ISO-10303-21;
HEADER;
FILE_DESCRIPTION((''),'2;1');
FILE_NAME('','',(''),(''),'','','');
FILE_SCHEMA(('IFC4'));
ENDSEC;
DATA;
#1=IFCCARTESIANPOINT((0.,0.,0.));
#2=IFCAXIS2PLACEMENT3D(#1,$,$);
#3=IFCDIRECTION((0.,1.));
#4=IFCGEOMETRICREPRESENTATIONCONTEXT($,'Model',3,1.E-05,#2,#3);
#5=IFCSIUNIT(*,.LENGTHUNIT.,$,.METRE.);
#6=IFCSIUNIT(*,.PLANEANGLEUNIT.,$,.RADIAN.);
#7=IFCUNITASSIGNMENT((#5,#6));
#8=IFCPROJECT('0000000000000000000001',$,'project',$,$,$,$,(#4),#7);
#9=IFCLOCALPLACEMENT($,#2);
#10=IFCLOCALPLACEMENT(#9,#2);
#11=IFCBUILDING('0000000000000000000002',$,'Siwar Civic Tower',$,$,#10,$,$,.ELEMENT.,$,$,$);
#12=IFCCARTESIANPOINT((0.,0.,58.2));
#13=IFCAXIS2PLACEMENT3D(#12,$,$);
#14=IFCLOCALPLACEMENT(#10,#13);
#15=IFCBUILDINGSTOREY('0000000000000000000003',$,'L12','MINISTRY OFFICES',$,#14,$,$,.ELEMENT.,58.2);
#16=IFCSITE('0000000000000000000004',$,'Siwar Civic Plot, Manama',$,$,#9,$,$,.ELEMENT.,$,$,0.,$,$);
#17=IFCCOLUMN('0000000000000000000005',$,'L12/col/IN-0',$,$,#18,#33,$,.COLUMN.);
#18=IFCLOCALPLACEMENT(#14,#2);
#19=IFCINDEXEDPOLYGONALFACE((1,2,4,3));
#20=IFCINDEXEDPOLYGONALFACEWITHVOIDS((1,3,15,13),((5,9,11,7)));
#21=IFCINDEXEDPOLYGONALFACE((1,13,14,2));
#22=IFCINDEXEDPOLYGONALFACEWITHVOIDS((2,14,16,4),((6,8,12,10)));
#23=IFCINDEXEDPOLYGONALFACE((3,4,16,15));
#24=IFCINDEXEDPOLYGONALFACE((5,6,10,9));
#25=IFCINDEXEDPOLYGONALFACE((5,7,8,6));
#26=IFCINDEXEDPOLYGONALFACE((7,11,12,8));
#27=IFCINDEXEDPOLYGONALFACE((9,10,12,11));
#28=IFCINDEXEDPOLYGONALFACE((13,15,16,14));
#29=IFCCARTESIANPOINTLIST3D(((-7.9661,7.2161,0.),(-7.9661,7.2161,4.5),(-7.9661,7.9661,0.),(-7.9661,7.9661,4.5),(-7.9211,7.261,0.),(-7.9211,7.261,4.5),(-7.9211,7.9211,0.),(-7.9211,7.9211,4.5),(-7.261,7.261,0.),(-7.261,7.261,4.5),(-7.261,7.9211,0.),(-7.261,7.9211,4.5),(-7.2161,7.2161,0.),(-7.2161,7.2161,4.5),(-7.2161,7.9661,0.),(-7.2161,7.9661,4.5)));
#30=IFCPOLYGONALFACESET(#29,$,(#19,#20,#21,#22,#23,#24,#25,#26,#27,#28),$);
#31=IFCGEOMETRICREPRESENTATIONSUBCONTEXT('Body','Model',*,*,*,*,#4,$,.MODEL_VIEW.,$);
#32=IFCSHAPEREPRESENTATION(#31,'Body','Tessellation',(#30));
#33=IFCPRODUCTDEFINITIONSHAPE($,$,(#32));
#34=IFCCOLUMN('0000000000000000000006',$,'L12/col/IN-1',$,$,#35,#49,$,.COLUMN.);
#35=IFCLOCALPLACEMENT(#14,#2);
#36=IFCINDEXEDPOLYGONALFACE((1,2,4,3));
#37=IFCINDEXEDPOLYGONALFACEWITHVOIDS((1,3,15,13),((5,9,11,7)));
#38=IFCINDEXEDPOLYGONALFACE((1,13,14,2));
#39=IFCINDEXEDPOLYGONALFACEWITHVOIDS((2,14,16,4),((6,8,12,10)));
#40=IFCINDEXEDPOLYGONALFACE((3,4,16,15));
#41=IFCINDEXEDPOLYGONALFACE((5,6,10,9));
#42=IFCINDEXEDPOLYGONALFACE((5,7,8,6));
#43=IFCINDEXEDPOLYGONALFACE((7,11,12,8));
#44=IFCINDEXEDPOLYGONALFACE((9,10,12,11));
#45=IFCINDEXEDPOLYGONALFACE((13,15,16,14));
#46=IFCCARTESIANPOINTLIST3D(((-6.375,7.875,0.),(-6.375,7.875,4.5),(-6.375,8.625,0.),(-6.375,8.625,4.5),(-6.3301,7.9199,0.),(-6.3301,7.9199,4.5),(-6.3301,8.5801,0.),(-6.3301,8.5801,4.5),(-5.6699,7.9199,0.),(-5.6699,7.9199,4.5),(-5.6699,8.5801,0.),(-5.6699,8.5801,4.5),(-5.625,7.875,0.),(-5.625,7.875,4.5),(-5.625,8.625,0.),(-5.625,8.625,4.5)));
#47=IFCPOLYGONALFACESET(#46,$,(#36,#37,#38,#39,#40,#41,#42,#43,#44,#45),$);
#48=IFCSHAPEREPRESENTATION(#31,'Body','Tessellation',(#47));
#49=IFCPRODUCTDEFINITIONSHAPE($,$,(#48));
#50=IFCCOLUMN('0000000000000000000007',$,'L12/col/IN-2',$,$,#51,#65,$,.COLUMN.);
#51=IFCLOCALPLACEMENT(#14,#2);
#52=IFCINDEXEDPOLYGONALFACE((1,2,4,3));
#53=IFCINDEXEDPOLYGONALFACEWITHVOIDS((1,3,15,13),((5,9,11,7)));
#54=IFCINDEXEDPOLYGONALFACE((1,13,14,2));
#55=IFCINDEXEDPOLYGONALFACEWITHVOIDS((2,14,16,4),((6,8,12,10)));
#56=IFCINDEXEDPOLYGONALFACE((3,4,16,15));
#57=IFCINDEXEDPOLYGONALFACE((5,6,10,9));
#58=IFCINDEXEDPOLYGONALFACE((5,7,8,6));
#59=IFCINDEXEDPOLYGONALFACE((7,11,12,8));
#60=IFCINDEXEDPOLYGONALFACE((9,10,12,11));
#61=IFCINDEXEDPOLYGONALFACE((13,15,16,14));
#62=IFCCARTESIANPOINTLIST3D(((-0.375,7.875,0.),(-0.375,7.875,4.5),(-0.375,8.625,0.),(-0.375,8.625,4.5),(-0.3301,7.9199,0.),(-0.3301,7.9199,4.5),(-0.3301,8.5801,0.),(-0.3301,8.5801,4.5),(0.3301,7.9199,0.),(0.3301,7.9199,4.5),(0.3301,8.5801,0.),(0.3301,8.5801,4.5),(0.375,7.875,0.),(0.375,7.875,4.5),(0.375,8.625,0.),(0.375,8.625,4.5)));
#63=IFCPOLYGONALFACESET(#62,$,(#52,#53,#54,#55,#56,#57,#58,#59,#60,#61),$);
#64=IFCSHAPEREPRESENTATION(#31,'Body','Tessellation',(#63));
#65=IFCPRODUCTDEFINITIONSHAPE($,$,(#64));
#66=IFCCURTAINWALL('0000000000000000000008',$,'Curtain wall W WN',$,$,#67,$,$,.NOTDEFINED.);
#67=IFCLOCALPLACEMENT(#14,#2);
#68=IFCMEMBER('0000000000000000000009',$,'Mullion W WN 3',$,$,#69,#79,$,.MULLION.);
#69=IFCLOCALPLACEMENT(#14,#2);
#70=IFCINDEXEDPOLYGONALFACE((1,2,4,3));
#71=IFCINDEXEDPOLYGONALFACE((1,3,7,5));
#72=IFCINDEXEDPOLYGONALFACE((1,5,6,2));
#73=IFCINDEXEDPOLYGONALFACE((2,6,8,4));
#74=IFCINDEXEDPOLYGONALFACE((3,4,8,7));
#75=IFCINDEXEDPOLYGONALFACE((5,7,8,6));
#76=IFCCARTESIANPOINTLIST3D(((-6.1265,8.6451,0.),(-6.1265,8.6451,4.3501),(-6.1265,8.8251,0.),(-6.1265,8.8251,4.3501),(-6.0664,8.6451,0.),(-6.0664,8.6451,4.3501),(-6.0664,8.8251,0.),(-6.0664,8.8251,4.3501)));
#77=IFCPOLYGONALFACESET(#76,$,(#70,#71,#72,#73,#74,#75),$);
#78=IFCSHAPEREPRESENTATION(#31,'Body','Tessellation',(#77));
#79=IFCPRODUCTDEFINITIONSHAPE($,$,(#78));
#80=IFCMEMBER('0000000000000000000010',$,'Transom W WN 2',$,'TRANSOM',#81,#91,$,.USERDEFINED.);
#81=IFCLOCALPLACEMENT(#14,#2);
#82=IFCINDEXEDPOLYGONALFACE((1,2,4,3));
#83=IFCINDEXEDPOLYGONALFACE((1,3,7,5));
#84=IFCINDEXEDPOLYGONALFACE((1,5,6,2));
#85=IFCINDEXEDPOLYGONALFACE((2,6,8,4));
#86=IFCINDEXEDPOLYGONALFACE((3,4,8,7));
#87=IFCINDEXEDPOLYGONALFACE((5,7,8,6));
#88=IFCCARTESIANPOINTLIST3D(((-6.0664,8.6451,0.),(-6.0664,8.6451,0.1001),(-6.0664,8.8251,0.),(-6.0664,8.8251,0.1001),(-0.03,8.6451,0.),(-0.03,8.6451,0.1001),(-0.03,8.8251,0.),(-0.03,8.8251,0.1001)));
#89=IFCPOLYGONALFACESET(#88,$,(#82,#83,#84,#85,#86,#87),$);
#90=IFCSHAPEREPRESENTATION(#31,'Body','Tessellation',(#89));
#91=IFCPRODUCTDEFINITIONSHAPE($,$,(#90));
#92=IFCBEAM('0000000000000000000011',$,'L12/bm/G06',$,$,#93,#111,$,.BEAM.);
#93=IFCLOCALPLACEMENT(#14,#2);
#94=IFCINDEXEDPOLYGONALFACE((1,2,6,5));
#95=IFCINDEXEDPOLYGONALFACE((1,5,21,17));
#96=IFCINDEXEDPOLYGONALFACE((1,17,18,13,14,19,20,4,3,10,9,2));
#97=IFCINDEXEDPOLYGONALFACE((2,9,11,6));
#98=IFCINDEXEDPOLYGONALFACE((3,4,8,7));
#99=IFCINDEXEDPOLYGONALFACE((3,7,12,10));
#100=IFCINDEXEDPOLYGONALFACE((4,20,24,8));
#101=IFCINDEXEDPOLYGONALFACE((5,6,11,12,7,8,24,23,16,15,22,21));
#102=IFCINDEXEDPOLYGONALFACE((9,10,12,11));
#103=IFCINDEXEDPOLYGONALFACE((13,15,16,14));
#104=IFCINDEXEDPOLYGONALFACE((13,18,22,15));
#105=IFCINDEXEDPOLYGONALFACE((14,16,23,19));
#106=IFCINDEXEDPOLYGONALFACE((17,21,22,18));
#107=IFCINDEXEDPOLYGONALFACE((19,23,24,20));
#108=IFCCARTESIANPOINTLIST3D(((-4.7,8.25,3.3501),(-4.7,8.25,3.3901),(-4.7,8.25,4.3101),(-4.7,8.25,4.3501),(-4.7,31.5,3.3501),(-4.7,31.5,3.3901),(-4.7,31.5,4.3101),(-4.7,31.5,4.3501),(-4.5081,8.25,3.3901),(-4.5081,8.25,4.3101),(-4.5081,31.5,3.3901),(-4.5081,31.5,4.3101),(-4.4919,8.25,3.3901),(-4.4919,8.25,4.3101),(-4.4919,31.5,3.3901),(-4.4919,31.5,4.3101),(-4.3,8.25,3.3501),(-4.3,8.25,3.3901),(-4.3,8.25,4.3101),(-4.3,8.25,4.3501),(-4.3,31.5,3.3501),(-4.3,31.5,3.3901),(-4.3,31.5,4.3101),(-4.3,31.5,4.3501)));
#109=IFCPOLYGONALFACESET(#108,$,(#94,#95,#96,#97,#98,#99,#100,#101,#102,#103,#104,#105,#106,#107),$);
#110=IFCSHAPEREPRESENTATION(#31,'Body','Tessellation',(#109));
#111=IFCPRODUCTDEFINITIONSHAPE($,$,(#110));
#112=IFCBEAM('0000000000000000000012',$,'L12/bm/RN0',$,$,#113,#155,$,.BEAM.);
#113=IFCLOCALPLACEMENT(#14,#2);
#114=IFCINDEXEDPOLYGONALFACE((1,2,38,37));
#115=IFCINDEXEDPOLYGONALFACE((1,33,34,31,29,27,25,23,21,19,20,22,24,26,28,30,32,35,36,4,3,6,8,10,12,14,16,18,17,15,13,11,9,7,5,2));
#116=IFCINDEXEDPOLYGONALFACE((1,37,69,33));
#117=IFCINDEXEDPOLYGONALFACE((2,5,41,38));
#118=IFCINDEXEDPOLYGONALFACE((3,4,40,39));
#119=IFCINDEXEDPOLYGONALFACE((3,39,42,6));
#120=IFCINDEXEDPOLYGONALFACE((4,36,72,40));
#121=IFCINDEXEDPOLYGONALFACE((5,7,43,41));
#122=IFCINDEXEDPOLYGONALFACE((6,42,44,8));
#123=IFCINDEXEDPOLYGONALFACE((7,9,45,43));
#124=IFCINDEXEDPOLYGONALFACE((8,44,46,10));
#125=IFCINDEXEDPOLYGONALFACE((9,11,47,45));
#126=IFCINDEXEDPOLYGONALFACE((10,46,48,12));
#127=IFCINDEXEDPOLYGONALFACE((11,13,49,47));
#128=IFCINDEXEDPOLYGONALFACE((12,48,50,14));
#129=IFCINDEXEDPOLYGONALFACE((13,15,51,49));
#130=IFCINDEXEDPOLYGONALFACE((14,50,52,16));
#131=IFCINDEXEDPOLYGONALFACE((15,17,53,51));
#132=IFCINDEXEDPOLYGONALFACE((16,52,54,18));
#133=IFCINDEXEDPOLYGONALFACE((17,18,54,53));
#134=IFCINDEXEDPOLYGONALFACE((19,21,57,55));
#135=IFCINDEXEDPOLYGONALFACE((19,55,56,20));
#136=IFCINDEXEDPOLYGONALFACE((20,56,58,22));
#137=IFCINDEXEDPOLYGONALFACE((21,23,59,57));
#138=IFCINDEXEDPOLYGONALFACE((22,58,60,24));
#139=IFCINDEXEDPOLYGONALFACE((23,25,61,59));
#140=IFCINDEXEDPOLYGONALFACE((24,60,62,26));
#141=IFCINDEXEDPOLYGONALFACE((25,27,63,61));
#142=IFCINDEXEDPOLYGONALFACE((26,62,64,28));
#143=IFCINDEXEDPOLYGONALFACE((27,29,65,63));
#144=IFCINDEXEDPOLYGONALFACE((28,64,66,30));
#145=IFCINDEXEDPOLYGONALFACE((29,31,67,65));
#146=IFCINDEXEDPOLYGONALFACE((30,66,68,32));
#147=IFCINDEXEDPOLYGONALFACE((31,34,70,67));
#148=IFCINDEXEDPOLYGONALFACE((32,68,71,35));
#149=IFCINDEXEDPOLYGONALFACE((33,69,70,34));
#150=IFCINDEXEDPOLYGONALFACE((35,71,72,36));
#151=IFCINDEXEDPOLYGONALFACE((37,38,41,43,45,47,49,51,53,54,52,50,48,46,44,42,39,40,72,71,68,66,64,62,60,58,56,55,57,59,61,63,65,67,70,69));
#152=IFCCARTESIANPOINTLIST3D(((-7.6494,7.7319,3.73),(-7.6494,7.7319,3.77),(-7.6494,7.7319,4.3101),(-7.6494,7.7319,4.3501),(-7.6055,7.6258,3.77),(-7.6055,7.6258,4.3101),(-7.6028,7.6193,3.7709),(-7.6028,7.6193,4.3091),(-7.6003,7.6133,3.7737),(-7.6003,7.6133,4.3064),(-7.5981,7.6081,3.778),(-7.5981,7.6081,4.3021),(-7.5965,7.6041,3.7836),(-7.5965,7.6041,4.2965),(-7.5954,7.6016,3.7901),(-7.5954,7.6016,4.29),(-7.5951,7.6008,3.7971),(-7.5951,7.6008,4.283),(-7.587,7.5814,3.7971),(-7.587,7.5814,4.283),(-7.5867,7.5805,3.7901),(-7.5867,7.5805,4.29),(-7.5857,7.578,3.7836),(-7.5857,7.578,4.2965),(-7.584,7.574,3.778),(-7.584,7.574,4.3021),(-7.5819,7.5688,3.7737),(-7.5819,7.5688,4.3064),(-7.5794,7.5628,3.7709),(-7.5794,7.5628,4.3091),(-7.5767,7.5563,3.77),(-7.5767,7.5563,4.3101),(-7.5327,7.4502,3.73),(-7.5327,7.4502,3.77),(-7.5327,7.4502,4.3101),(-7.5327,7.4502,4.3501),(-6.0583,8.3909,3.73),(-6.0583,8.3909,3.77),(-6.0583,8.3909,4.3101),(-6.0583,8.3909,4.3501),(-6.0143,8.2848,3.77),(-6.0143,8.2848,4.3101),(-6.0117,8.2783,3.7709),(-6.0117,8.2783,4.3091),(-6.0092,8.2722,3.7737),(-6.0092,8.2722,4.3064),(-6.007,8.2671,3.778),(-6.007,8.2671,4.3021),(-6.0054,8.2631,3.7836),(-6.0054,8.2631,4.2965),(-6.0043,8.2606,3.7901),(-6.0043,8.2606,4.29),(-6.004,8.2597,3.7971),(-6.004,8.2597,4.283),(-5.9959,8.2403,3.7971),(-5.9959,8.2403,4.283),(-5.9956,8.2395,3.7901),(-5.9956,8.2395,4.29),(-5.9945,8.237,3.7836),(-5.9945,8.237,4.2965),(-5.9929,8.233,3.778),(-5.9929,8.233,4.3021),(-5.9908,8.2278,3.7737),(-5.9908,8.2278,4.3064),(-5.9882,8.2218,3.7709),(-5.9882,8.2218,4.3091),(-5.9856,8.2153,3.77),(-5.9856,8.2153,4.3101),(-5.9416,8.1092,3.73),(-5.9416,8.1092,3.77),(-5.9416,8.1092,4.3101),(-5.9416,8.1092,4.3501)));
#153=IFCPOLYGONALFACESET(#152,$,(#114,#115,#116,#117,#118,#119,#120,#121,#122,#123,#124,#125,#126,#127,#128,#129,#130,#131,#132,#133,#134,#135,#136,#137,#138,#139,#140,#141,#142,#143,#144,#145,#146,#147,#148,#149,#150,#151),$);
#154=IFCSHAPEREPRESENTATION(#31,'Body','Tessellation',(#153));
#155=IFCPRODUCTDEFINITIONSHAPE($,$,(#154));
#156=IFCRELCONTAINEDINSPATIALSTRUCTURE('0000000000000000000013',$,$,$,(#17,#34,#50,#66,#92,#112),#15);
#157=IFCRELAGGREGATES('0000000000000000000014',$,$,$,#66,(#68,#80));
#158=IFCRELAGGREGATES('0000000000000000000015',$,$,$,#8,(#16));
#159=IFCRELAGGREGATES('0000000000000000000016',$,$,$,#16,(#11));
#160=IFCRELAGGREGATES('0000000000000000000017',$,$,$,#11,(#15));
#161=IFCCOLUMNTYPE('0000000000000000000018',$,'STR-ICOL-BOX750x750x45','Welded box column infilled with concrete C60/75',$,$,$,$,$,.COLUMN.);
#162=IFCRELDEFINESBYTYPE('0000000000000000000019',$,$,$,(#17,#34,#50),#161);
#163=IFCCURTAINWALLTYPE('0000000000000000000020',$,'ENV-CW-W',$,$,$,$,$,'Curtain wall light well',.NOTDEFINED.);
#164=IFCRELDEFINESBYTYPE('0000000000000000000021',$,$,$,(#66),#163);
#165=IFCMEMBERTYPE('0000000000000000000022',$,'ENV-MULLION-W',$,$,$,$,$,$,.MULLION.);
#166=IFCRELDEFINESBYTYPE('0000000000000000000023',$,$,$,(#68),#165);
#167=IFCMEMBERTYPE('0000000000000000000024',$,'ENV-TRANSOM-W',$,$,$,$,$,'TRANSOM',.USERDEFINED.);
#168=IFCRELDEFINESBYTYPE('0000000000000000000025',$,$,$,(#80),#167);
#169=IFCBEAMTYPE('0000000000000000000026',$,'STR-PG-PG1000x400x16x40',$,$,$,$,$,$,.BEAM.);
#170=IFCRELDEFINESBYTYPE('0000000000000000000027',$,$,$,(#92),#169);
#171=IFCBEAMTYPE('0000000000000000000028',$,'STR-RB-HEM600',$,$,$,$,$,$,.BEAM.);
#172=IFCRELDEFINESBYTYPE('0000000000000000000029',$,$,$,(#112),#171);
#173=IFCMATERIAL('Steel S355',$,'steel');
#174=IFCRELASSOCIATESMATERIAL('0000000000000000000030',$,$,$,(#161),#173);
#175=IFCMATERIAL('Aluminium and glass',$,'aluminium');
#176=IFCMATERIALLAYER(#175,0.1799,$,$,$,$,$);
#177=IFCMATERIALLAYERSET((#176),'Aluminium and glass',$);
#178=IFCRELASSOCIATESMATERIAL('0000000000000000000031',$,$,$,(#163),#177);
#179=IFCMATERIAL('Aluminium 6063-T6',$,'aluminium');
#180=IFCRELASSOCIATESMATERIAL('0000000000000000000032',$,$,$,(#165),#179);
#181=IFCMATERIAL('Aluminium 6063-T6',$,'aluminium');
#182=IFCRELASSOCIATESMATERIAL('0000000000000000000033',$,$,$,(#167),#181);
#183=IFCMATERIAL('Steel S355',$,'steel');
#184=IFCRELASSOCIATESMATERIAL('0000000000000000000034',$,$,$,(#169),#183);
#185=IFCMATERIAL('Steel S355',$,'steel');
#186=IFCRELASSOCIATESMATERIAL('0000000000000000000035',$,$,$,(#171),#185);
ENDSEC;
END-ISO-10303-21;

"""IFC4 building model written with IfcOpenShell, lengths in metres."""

from ifc_helpers import new_model, si_unit, direction, frame, origin, origin_2d, place, context, subcontext, project, spatial, rectangle, hollow_rectangle, i_section, extrude, material, layer, layer_set, material_profile, profile_set, type_object, element, aggregate, save


model = new_model("IFC4")

# Units and contexts
model_context = context("Model", 3, precision=1e-05, world=origin(), true_north=direction((0.0, 1.0)))
body_context = subcontext(model_context, "Body", "Model", "MODEL_VIEW")
ifc_project = project(units=[si_unit("LENGTHUNIT", "METRE"), si_unit("PLANEANGLEUNIT", "RADIAN")], contexts=[model_context])

# Site, building, storey
site_placement = place(None, origin())
site = spatial("IfcSite", under=ifc_project, at=site_placement, Name="Siwar Civic Plot, Manama", CompositionType="ELEMENT", RefElevation=0.0)
building_placement = place(site_placement, origin())
building = spatial("IfcBuilding", under=site, at=building_placement, Name="Siwar Civic Tower", CompositionType="ELEMENT")
storey_placement = place(building_placement, frame((0.0, 0.0, 58.2)))
storey = spatial("IfcBuildingStorey", under=building, at=storey_placement, Name="L12", Description="MINISTRY OFFICES", CompositionType="ELEMENT", Elevation=58.2)

# Columns
ifc_material_1 = material(Name="Steel S355", Category="steel")
ifc_material_profile_1 = material_profile(ifc_material_1, hollow_rectangle(XDim=0.75, YDim=0.75, WallThickness=0.0449, at=origin_2d()), Name="BOX750x750x45")
ifc_profile_set_1 = profile_set([ifc_material_profile_1], Name="Steel S355")
column_type = type_object("IfcColumnType", Name="STR-ICOL-BOX750x750x45", Description="Welded box column infilled with concrete C60/75", PredefinedType="COLUMN", material=ifc_profile_set_1)
for number, where, z_axis, x_axis, name in (
    (1, (-7.5911, 7.5911, 0.0), (0.0, 0.0, 1.0), (1.0, 0.0, 0.0), "L12/col/IN-0"),
    (2, (-6.0, 8.25, 0.0), (0.0, 0.0, 1.0), (1.0, 0.0, 0.0), "L12/col/IN-1"),
    (3, (0.0, 8.25, 0.0), (0.0, 0.0, 1.0), (1.0, 0.0, 0.0), "L12/col/IN-2"),
):
    element("IfcColumn", number, at=place(storey_placement, frame(where, z_axis=z_axis, x_axis=x_axis)), inside=storey, type_object=column_type, Name=name, PredefinedType="COLUMN", context=body_context, shape_type="SweptSolid", body=[
        extrude(hollow_rectangle(XDim=0.75, YDim=0.75, WallThickness=0.0449, at=origin_2d()), origin(), (0.0, 0.0, 1.0), 4.5),
    ])

# Curtain wall, members
ifc_material_2 = material(Name="Aluminium and glass", Category="aluminium")
ifc_layer_1 = layer(ifc_material_2, 0.1799)
ifc_layer_set_1 = layer_set([ifc_layer_1], Name="Aluminium and glass")
curtain_wall_type = type_object("IfcCurtainWallType", Name="ENV-CW-W", ElementType="Curtain wall light well", PredefinedType="NOTDEFINED", material=ifc_layer_set_1)
curtain_wall_placement = place(storey_placement, origin())
curtain_wall = element("IfcCurtainWall", 4, at=curtain_wall_placement, inside=storey, type_object=curtain_wall_type, Name="Curtain wall W WN", PredefinedType="NOTDEFINED")
ifc_material_3 = material(Name="Aluminium 6063-T6", Category="aluminium")
ifc_material_profile_2 = material_profile(ifc_material_3, rectangle(XDim=0.1799, YDim=0.0601, at=origin_2d()), Name="AL 180x60")
ifc_profile_set_2 = profile_set([ifc_material_profile_2], Name="Aluminium 6063-T6")
member_type_1 = type_object("IfcMemberType", Name="ENV-MULLION-W", PredefinedType="MULLION", material=ifc_profile_set_2)
member_1_placement = place(storey_placement, frame((-6.0964, 8.7351, 0.0), z_axis=(0.0, 0.0, 1.0), x_axis=(0.0, -1.0, 0.0)))
member_1 = element("IfcMember", 5, at=member_1_placement, type_object=member_type_1, Name="Mullion W WN 3", PredefinedType="MULLION", context=body_context, shape_type="SweptSolid", body=[
    extrude(rectangle(XDim=0.1799, YDim=0.0601, at=origin_2d()), origin(), (0.0, 0.0, 1.0), 4.3501),
])
ifc_material_4 = material(Name="Aluminium 6063-T6", Category="aluminium")
ifc_material_profile_3 = material_profile(ifc_material_4, rectangle(XDim=0.1799, YDim=0.1001, at=origin_2d()), Name="AL 180x100")
ifc_profile_set_3 = profile_set([ifc_material_profile_3], Name="Aluminium 6063-T6")
member_type_2 = type_object("IfcMemberType", Name="ENV-TRANSOM-W", ElementType="TRANSOM", PredefinedType="USERDEFINED", material=ifc_profile_set_3)
member_2_placement = place(storey_placement, frame((-0.03, 8.7351, 0.05), z_axis=(-1.0, 0.0, 0.0), x_axis=(0.0, -1.0, 0.0)))
member_2 = element("IfcMember", 6, at=member_2_placement, type_object=member_type_2, Name="Transom W WN 2", ObjectType="TRANSOM", PredefinedType="USERDEFINED", context=body_context, shape_type="SweptSolid", body=[
    extrude(rectangle(XDim=0.1799, YDim=0.1001, at=origin_2d()), origin(), (0.0, 0.0, 1.0), 6.0364),
])

# Beams
ifc_material_5 = material(Name="Steel S355", Category="steel")
ifc_material_profile_4 = material_profile(ifc_material_5, i_section(OverallWidth=0.3999, OverallDepth=1.0, WebThickness=0.0161, FlangeThickness=0.04, at=origin_2d()), Name="PG1000x400x16x40")
ifc_profile_set_4 = profile_set([ifc_material_profile_4], Name="Steel S355")
beam_type_1 = type_object("IfcBeamType", Name="STR-PG-PG1000x400x16x40", PredefinedType="BEAM", material=ifc_profile_set_4)
beam_1_placement = place(storey_placement, frame((-4.5, 8.25, 3.8501), z_axis=(0.0, 1.0, 0.0), x_axis=(-1.0, 0.0, 0.0)))
element("IfcBeam", 7, at=beam_1_placement, inside=storey, type_object=beam_type_1, Name="L12/bm/G06", PredefinedType="BEAM", context=body_context, shape_type="SweptSolid", body=[
    extrude(i_section(OverallWidth=0.3999, OverallDepth=1.0, WebThickness=0.0161, FlangeThickness=0.04, at=origin_2d()), origin(), (0.0, 0.0, 1.0), 23.25),
])
ifc_material_6 = material(Name="Steel S355", Category="steel")
ifc_material_profile_5 = material_profile(ifc_material_6, i_section(OverallWidth=0.3049, OverallDepth=0.6201, WebThickness=0.021, FlangeThickness=0.04, FilletRadius=0.0271, at=origin_2d()), Name="HEM600")
ifc_profile_set_5 = profile_set([ifc_material_profile_5], Name="Steel S355")
beam_type_2 = type_object("IfcBeamType", Name="STR-RB-HEM600", PredefinedType="BEAM", material=ifc_profile_set_5)
beam_2_placement = place(storey_placement, frame((-7.5911, 7.5911, 4.04), z_axis=(0.923901, 0.382631, 0.0), x_axis=(-0.382631, 0.923901, 0.0)))
element("IfcBeam", 8, at=beam_2_placement, inside=storey, type_object=beam_type_2, Name="L12/bm/RN0", PredefinedType="BEAM", context=body_context, shape_type="SweptSolid", body=[
    extrude(i_section(OverallWidth=0.3049, OverallDepth=0.6201, WebThickness=0.021, FlangeThickness=0.04, FilletRadius=0.0271, at=origin_2d()), origin(), (0.0, 0.0, 1.0), 1.7222),
])

aggregate(curtain_wall, [member_1, member_2])

save(model, "model.ifc")
